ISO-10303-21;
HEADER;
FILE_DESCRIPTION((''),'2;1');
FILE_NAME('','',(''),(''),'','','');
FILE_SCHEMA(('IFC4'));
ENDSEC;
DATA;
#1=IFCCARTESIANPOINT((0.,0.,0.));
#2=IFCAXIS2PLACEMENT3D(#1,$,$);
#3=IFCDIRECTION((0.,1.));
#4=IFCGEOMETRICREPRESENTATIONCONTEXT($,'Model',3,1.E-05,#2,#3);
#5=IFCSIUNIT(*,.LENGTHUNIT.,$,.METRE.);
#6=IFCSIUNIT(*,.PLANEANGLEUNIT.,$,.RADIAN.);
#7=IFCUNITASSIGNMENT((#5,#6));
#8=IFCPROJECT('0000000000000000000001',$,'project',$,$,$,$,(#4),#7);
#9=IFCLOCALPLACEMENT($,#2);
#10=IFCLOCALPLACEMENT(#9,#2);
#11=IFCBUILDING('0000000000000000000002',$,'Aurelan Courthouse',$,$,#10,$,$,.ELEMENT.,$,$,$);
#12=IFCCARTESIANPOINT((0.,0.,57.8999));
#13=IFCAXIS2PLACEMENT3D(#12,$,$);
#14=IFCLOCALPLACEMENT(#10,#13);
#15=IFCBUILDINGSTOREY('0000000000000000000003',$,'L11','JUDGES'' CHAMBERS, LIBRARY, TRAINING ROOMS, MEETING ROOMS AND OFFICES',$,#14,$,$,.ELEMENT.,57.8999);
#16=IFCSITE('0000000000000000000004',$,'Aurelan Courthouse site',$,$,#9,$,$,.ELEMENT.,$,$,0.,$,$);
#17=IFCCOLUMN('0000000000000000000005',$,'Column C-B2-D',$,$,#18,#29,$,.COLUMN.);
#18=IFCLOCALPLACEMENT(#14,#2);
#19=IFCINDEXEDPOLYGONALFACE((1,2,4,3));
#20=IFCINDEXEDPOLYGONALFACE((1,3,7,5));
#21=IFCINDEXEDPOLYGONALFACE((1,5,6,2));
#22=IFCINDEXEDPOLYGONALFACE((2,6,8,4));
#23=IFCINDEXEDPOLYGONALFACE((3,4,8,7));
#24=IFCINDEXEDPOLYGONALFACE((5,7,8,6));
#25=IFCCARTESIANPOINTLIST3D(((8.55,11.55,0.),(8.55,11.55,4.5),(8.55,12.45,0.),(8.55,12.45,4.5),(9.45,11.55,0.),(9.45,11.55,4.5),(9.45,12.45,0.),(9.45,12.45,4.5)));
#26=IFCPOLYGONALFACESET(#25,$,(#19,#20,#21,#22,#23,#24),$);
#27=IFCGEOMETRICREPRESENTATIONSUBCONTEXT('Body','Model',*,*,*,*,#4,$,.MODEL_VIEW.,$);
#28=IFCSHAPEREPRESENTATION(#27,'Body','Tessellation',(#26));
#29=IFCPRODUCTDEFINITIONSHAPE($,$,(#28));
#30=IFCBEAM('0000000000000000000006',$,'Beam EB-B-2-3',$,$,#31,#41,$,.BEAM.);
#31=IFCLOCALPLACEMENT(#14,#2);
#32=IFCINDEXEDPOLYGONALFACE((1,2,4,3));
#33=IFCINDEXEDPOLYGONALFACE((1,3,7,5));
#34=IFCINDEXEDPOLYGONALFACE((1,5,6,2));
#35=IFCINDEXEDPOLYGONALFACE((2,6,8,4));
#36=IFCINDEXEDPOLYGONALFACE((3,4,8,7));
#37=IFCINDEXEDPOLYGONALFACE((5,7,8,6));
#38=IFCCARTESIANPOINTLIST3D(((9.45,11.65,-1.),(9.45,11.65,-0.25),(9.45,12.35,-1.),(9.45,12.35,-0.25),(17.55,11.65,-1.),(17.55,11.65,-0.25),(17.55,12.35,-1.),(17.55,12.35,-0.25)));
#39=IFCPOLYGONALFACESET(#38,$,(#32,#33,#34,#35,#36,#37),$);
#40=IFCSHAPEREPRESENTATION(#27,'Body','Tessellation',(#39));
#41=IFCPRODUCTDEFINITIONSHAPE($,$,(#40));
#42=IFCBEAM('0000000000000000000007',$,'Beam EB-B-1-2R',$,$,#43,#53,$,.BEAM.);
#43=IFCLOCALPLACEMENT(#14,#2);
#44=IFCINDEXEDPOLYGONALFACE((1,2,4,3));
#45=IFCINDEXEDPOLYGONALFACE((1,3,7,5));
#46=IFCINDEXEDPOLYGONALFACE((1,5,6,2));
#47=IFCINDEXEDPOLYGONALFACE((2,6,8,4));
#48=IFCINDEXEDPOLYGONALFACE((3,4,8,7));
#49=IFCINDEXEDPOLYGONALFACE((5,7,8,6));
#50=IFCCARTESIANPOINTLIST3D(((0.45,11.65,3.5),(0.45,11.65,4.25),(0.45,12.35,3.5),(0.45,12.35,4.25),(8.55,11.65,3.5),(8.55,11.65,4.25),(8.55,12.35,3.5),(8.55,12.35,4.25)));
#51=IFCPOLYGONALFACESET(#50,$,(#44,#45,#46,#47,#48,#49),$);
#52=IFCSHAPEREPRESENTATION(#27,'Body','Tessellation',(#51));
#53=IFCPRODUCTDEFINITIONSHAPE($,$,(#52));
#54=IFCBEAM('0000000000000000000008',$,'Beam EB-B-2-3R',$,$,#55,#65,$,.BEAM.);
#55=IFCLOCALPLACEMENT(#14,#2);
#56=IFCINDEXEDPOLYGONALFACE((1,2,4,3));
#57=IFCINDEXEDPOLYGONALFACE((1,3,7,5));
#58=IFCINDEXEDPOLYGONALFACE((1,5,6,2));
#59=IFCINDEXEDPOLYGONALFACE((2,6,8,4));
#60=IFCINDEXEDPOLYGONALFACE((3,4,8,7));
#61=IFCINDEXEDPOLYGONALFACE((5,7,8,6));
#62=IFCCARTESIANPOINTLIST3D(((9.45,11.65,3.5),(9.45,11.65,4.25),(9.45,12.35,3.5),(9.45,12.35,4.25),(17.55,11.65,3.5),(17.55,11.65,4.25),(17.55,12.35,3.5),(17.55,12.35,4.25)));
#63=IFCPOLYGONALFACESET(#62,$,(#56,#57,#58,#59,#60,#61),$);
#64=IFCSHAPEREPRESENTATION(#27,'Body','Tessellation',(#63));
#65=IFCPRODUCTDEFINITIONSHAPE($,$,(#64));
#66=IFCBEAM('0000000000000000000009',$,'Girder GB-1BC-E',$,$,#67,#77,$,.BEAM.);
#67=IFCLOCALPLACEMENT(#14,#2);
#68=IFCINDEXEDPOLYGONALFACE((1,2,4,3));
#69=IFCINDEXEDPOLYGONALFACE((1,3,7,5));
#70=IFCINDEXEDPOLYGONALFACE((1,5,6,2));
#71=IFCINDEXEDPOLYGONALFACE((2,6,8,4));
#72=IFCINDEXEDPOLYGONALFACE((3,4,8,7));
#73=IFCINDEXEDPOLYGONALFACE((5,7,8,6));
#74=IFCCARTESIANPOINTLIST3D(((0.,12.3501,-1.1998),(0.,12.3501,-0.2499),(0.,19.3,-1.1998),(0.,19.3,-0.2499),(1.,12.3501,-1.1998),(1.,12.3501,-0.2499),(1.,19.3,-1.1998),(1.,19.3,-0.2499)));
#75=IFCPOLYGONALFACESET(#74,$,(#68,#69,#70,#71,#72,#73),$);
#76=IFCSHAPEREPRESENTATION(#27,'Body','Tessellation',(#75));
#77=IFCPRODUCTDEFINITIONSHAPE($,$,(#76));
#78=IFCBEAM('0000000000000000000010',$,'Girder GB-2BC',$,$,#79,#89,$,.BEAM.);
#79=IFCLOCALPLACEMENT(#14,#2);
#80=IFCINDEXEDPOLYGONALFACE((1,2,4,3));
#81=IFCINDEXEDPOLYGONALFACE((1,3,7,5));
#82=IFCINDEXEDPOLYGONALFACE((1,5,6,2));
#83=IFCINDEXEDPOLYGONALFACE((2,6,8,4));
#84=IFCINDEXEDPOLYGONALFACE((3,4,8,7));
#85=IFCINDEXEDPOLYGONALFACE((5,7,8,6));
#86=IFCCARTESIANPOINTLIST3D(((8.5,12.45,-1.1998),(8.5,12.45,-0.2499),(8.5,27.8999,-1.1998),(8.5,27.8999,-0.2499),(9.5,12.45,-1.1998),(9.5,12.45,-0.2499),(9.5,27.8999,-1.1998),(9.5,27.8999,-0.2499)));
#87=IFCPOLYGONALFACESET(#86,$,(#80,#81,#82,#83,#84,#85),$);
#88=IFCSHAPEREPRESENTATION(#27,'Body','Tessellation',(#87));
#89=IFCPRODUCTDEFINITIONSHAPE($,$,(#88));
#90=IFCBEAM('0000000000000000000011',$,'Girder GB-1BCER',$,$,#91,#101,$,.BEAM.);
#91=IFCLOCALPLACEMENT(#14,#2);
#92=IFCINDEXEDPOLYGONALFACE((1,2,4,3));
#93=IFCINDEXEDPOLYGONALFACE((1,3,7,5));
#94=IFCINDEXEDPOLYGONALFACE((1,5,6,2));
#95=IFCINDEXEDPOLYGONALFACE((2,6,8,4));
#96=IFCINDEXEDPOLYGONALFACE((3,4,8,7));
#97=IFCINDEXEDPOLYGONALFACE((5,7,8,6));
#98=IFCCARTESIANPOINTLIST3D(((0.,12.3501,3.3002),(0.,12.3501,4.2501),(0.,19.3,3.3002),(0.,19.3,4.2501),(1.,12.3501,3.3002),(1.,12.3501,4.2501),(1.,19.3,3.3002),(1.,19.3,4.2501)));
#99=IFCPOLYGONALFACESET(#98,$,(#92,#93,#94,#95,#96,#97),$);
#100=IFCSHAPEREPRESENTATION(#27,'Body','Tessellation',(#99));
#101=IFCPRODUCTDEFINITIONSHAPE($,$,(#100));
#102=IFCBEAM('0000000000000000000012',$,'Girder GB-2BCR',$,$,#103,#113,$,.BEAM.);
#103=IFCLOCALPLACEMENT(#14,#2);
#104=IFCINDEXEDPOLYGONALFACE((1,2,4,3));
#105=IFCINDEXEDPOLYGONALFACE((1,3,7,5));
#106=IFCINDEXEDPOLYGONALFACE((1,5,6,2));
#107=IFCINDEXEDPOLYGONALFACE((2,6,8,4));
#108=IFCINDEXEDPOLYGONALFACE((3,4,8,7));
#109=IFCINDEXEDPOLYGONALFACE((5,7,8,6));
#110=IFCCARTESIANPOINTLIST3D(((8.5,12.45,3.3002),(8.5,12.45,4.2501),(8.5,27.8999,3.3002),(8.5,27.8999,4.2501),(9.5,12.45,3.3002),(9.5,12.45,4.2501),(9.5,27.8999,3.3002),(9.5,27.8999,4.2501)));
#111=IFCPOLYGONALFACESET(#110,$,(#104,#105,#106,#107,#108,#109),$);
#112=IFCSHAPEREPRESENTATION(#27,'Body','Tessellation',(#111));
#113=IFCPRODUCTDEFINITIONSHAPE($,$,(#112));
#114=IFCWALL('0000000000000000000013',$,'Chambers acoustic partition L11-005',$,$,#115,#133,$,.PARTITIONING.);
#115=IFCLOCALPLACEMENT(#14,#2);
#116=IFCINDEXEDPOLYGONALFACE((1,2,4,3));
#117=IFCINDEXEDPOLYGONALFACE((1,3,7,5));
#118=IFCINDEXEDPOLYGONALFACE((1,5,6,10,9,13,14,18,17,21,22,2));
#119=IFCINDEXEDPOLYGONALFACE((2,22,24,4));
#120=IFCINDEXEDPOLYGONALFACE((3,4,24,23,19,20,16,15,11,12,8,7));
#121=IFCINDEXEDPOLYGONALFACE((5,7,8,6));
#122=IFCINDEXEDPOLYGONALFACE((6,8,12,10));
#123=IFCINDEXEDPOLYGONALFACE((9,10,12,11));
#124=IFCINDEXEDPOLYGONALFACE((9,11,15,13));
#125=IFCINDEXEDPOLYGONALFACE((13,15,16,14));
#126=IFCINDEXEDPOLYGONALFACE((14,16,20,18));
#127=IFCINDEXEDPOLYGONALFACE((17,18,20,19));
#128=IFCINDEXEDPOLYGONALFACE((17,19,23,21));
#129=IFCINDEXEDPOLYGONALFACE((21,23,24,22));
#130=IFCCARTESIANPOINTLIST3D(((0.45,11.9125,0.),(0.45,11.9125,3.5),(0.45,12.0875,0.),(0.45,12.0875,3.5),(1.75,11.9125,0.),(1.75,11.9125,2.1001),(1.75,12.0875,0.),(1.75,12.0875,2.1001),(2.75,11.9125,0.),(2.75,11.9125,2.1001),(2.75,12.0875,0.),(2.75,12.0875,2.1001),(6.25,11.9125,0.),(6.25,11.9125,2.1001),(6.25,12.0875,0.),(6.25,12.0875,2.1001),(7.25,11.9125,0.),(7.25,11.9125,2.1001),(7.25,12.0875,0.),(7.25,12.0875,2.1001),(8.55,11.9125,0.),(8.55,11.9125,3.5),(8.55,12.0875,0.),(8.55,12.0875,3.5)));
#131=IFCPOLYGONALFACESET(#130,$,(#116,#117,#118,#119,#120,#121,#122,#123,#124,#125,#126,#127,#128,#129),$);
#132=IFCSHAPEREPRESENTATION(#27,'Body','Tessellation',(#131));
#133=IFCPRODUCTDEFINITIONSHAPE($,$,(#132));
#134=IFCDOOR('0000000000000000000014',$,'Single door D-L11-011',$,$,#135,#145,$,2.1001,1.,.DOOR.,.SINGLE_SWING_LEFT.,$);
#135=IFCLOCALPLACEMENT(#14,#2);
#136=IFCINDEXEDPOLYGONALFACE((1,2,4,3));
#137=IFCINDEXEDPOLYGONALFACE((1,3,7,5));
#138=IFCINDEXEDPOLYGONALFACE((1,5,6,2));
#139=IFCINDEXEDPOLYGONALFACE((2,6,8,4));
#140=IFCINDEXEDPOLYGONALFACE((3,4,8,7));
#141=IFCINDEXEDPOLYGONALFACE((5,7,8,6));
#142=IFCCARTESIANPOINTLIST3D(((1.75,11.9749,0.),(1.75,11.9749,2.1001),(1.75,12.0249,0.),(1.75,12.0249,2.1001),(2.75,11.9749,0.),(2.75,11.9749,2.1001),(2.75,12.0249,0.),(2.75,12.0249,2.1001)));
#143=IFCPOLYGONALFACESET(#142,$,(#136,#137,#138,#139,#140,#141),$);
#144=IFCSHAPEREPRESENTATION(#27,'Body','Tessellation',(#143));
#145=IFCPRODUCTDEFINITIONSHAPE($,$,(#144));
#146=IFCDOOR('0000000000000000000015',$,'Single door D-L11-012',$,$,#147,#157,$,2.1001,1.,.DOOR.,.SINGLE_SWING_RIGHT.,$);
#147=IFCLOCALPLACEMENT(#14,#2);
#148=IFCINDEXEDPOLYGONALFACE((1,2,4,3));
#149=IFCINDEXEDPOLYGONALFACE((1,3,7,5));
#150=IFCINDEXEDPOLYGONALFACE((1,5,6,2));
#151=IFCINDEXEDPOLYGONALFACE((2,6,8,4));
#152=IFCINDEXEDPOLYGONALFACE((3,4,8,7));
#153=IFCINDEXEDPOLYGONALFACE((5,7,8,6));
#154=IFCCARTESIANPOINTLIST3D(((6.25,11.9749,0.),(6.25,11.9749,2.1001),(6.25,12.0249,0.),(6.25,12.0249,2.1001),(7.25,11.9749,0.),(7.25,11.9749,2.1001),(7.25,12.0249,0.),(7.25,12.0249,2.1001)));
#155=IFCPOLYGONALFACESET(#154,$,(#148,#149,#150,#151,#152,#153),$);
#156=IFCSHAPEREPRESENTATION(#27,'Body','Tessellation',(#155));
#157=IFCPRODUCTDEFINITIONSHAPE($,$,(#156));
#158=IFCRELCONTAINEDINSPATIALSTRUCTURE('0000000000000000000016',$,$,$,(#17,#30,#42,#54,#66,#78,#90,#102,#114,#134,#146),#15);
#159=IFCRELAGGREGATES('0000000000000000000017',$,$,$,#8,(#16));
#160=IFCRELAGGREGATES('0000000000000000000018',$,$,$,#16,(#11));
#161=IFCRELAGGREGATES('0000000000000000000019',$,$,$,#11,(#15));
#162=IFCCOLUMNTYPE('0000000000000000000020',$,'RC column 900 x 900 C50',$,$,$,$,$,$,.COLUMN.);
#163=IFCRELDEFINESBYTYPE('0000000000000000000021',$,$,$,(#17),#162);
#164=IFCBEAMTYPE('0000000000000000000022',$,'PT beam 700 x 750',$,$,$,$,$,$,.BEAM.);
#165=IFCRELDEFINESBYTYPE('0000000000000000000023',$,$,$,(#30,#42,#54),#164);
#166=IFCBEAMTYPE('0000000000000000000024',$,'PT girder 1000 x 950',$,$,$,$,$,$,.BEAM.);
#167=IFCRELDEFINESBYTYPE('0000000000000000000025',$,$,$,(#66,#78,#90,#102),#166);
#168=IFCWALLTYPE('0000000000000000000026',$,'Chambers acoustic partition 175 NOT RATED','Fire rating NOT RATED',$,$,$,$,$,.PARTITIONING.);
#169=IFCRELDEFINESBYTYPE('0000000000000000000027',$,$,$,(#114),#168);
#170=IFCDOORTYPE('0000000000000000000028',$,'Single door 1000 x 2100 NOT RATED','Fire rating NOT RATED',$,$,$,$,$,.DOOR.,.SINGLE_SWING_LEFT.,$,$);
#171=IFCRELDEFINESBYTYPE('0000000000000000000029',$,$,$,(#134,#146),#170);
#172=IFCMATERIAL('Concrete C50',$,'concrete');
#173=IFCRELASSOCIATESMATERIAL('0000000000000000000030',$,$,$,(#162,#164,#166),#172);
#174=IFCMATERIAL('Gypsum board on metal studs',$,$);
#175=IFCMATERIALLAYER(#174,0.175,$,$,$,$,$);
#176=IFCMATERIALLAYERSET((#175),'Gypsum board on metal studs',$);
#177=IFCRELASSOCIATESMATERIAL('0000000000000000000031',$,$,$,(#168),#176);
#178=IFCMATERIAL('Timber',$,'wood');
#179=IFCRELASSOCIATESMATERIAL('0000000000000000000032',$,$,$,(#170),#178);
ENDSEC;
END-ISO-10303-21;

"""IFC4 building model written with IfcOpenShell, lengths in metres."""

from ifc_helpers import new_model, si_unit, direction, frame, frame_2d, origin, origin_2d, place, context, subcontext, project, spatial, rectangle, extrude, material, layer, layer_set, material_profile, profile_set, type_object, element, fill, save


model = new_model("IFC4")

# Units and contexts
model_context = context("Model", 3, precision=1e-05, world=origin(), true_north=direction((0.0, 1.0)))
body_context = subcontext(model_context, "Body", "Model", "MODEL_VIEW")
ifc_project = project(units=[si_unit("LENGTHUNIT", "METRE"), si_unit("PLANEANGLEUNIT", "RADIAN")], contexts=[model_context])

# Site, building, storey
site_placement = place(None, origin())
site = spatial("IfcSite", under=ifc_project, at=site_placement, Name="Aurelan Courthouse site", CompositionType="ELEMENT", RefElevation=0.0)
building_placement = place(site_placement, origin())
building = spatial("IfcBuilding", under=site, at=building_placement, Name="Aurelan Courthouse", CompositionType="ELEMENT")
storey_placement = place(building_placement, frame((0.0, 0.0, 57.8999)))
storey = spatial("IfcBuildingStorey", under=building, at=storey_placement, Name="L11", Description="JUDGES' CHAMBERS, LIBRARY, TRAINING ROOMS, MEETING ROOMS AND OFFICES", CompositionType="ELEMENT", Elevation=57.8999)

# Column
ifc_material_1 = material(Name="Concrete C50", Category="concrete")
ifc_material_profile_1 = material_profile(ifc_material_1, rectangle(XDim=0.8999, YDim=0.8999, at=origin_2d()), Name="RC 900 x 900")
ifc_profile_set_1 = profile_set([ifc_material_profile_1], Name="Concrete C50")
column_type = type_object("IfcColumnType", Name="RC column 900 x 900 C50", PredefinedType="COLUMN", material=ifc_profile_set_1)
column_placement = place(storey_placement, frame((9.0, 12.0, 0.0), z_axis=(0.0, 0.0, 1.0), x_axis=(1.0, 0.0, 0.0)))
element("IfcColumn", 1, at=column_placement, inside=storey, type_object=column_type, Name="Column C-B2-D", PredefinedType="COLUMN", context=body_context, shape_type="SweptSolid", body=[
    extrude(rectangle(XDim=0.8999, YDim=0.8999, at=origin_2d()), origin(), (0.0, 0.0, 1.0), 4.5),
])

# Beams
ifc_material_profile_2 = material_profile(ifc_material_1, rectangle(XDim=0.7, YDim=0.75, at=origin_2d()), Name="RC 700 x 750")
ifc_profile_set_2 = profile_set([ifc_material_profile_2], Name="Concrete C50")
beam_type_1 = type_object("IfcBeamType", Name="PT beam 700 x 750", PredefinedType="BEAM", material=ifc_profile_set_2)
for number, where, z_axis, x_axis, name in (
    (2, (9.45, 12.0, -0.625), (1.0, 0.0, 0.0), (0.0, 1.0, 0.0), "Beam EB-B-2-3"),
    (3, (0.45, 12.0, 3.875), (1.0, 0.0, 0.0), (0.0, 1.0, 0.0), "Beam EB-B-1-2R"),
    (4, (9.45, 12.0, 3.875), (1.0, 0.0, 0.0), (0.0, 1.0, 0.0), "Beam EB-B-2-3R"),
):
    element("IfcBeam", number, at=place(storey_placement, frame(where, z_axis=z_axis, x_axis=x_axis)), inside=storey, type_object=beam_type_1, Name=name, PredefinedType="BEAM", context=body_context, shape_type="SweptSolid", body=[
        extrude(rectangle(XDim=0.7, YDim=0.75, at=origin_2d()), origin(), (0.0, 0.0, 1.0), 8.1001),
    ])
ifc_material_profile_3 = material_profile(ifc_material_1, rectangle(XDim=1.0, YDim=0.95, at=origin_2d()), Name="RC 1000 x 950")
ifc_profile_set_3 = profile_set([ifc_material_profile_3], Name="Concrete C50")
beam_type_2 = type_object("IfcBeamType", Name="PT girder 1000 x 950", PredefinedType="BEAM", material=ifc_profile_set_3)
beam_1_placement = place(storey_placement, frame((0.5, 12.3501, -0.7249), z_axis=(0.0, 1.0, 0.0), x_axis=(-1.0, 0.0, 0.0)))
element("IfcBeam", 5, at=beam_1_placement, inside=storey, type_object=beam_type_2, Name="Girder GB-1BC-E", PredefinedType="BEAM", context=body_context, shape_type="SweptSolid", body=[
    extrude(rectangle(XDim=1.0, YDim=0.95, at=origin_2d()), origin(), (0.0, 0.0, 1.0), 6.95),
])
beam_2_placement = place(storey_placement, frame((9.0, 12.45, -0.7249), z_axis=(0.0, 1.0, 0.0), x_axis=(-1.0, 0.0, 0.0)))
element("IfcBeam", 6, at=beam_2_placement, inside=storey, type_object=beam_type_2, Name="Girder GB-2BC", PredefinedType="BEAM", context=body_context, shape_type="SweptSolid", body=[
    extrude(rectangle(XDim=1.0, YDim=0.95, at=origin_2d()), origin(), (0.0, 0.0, 1.0), 15.45),
])
beam_3_placement = place(storey_placement, frame((0.5, 12.3501, 3.7751), z_axis=(0.0, 1.0, 0.0), x_axis=(-1.0, 0.0, 0.0)))
element("IfcBeam", 7, at=beam_3_placement, inside=storey, type_object=beam_type_2, Name="Girder GB-1BCER", PredefinedType="BEAM", context=body_context, shape_type="SweptSolid", body=[
    extrude(rectangle(XDim=1.0, YDim=0.95, at=origin_2d()), origin(), (0.0, 0.0, 1.0), 6.95),
])
beam_4_placement = place(storey_placement, frame((9.0, 12.45, 3.7751), z_axis=(0.0, 1.0, 0.0), x_axis=(-1.0, 0.0, 0.0)))
element("IfcBeam", 8, at=beam_4_placement, inside=storey, type_object=beam_type_2, Name="Girder GB-2BCR", PredefinedType="BEAM", context=body_context, shape_type="SweptSolid", body=[
    extrude(rectangle(XDim=1.0, YDim=0.95, at=origin_2d()), origin(), (0.0, 0.0, 1.0), 15.45),
])

# Wall, openings, doors
ifc_material_2 = material(Name="Gypsum board on metal studs")
ifc_layer_1 = layer(ifc_material_2, 0.175)
ifc_layer_set_1 = layer_set([ifc_layer_1], Name="Gypsum board on metal studs")
wall_type_1 = type_object("IfcWallType", Name="Chambers acoustic partition 175 NOT RATED", Description="Fire rating NOT RATED", PredefinedType="PARTITIONING", material=ifc_layer_set_1)
wall_1_placement = place(storey_placement, frame((0.45, 12.0, 0.0), z_axis=(0.0, 0.0, 1.0), x_axis=(1.0, 0.0, 0.0)))
wall_1 = element("IfcWall", 9, at=wall_1_placement, inside=storey, type_object=wall_type_1, Name="Chambers acoustic partition L11-005", PredefinedType="PARTITIONING", context=body_context, shape_type="SweptSolid", body=[
    extrude(rectangle(XDim=8.1001, YDim=0.175, at=frame_2d((4.05, 0.0))), origin(), (0.0, 0.0, 1.0), 3.5),
])
opening_1_placement = place(wall_1_placement, frame((1.3, 0.0, 0.0)))
opening_1 = element("IfcOpeningElement", 10, at=opening_1_placement, cuts=wall_1, PredefinedType="OPENING", context=body_context, shape_type="SweptSolid", body=[
    extrude(rectangle(XDim=1.0, YDim=2.1001, at=frame_2d((0.5, 1.05))), frame((0.0, 0.0974, 0.0), z_axis=(0.0, -1.0, 0.0), x_axis=(1.0, 0.0, 0.0)), (0.0, 0.0, 1.0), 0.1951),
])
opening_2_placement = place(wall_1_placement, frame((5.8, 0.0, 0.0)))
opening_2 = element("IfcOpeningElement", 11, at=opening_2_placement, cuts=wall_1, PredefinedType="OPENING", context=body_context, shape_type="SweptSolid", body=[
    extrude(rectangle(XDim=1.0, YDim=2.1001, at=frame_2d((0.5, 1.05))), frame((0.0, 0.0974, 0.0), z_axis=(0.0, -1.0, 0.0), x_axis=(1.0, 0.0, 0.0)), (0.0, 0.0, 1.0), 0.1951),
])
ifc_material_3 = material(Name="Timber", Category="wood")
door_type_1 = type_object("IfcDoorType", Name="Single door 1000 x 2100 NOT RATED", Description="Fire rating NOT RATED", OperationType="SINGLE_SWING_LEFT", PredefinedType="DOOR", material=ifc_material_3)
door_1_placement = place(opening_1_placement, origin())
door_1 = element("IfcDoor", 12, at=door_1_placement, inside=storey, type_object=door_type_1, Name="Single door D-L11-011", OperationType="SINGLE_SWING_LEFT", OverallHeight=2.1001, OverallWidth=1.0, PredefinedType="DOOR", context=body_context, shape_type="SweptSolid", body=[
    extrude(rectangle(XDim=1.0, YDim=2.1001, at=frame_2d((0.5, 1.05))), frame((0.0, 0.0249, 0.0), z_axis=(0.0, -1.0, 0.0), x_axis=(1.0, 0.0, 0.0)), (0.0, 0.0, 1.0), 0.05),
])
fill(opening_1, door_1)
door_2_placement = place(opening_2_placement, origin())
door_2 = element("IfcDoor", 13, at=door_2_placement, inside=storey, type_object=door_type_1, Name="Single door D-L11-012", OperationType="SINGLE_SWING_RIGHT", OverallHeight=2.1001, OverallWidth=1.0, PredefinedType="DOOR", context=body_context, shape_type="SweptSolid", body=[
    extrude(rectangle(XDim=1.0, YDim=2.1001, at=frame_2d((0.5, 1.05))), frame((0.0, 0.0249, 0.0), z_axis=(0.0, -1.0, 0.0), x_axis=(1.0, 0.0, 0.0)), (0.0, 0.0, 1.0), 0.05),
])
fill(opening_2, door_2)

save(model, "model.ifc")
